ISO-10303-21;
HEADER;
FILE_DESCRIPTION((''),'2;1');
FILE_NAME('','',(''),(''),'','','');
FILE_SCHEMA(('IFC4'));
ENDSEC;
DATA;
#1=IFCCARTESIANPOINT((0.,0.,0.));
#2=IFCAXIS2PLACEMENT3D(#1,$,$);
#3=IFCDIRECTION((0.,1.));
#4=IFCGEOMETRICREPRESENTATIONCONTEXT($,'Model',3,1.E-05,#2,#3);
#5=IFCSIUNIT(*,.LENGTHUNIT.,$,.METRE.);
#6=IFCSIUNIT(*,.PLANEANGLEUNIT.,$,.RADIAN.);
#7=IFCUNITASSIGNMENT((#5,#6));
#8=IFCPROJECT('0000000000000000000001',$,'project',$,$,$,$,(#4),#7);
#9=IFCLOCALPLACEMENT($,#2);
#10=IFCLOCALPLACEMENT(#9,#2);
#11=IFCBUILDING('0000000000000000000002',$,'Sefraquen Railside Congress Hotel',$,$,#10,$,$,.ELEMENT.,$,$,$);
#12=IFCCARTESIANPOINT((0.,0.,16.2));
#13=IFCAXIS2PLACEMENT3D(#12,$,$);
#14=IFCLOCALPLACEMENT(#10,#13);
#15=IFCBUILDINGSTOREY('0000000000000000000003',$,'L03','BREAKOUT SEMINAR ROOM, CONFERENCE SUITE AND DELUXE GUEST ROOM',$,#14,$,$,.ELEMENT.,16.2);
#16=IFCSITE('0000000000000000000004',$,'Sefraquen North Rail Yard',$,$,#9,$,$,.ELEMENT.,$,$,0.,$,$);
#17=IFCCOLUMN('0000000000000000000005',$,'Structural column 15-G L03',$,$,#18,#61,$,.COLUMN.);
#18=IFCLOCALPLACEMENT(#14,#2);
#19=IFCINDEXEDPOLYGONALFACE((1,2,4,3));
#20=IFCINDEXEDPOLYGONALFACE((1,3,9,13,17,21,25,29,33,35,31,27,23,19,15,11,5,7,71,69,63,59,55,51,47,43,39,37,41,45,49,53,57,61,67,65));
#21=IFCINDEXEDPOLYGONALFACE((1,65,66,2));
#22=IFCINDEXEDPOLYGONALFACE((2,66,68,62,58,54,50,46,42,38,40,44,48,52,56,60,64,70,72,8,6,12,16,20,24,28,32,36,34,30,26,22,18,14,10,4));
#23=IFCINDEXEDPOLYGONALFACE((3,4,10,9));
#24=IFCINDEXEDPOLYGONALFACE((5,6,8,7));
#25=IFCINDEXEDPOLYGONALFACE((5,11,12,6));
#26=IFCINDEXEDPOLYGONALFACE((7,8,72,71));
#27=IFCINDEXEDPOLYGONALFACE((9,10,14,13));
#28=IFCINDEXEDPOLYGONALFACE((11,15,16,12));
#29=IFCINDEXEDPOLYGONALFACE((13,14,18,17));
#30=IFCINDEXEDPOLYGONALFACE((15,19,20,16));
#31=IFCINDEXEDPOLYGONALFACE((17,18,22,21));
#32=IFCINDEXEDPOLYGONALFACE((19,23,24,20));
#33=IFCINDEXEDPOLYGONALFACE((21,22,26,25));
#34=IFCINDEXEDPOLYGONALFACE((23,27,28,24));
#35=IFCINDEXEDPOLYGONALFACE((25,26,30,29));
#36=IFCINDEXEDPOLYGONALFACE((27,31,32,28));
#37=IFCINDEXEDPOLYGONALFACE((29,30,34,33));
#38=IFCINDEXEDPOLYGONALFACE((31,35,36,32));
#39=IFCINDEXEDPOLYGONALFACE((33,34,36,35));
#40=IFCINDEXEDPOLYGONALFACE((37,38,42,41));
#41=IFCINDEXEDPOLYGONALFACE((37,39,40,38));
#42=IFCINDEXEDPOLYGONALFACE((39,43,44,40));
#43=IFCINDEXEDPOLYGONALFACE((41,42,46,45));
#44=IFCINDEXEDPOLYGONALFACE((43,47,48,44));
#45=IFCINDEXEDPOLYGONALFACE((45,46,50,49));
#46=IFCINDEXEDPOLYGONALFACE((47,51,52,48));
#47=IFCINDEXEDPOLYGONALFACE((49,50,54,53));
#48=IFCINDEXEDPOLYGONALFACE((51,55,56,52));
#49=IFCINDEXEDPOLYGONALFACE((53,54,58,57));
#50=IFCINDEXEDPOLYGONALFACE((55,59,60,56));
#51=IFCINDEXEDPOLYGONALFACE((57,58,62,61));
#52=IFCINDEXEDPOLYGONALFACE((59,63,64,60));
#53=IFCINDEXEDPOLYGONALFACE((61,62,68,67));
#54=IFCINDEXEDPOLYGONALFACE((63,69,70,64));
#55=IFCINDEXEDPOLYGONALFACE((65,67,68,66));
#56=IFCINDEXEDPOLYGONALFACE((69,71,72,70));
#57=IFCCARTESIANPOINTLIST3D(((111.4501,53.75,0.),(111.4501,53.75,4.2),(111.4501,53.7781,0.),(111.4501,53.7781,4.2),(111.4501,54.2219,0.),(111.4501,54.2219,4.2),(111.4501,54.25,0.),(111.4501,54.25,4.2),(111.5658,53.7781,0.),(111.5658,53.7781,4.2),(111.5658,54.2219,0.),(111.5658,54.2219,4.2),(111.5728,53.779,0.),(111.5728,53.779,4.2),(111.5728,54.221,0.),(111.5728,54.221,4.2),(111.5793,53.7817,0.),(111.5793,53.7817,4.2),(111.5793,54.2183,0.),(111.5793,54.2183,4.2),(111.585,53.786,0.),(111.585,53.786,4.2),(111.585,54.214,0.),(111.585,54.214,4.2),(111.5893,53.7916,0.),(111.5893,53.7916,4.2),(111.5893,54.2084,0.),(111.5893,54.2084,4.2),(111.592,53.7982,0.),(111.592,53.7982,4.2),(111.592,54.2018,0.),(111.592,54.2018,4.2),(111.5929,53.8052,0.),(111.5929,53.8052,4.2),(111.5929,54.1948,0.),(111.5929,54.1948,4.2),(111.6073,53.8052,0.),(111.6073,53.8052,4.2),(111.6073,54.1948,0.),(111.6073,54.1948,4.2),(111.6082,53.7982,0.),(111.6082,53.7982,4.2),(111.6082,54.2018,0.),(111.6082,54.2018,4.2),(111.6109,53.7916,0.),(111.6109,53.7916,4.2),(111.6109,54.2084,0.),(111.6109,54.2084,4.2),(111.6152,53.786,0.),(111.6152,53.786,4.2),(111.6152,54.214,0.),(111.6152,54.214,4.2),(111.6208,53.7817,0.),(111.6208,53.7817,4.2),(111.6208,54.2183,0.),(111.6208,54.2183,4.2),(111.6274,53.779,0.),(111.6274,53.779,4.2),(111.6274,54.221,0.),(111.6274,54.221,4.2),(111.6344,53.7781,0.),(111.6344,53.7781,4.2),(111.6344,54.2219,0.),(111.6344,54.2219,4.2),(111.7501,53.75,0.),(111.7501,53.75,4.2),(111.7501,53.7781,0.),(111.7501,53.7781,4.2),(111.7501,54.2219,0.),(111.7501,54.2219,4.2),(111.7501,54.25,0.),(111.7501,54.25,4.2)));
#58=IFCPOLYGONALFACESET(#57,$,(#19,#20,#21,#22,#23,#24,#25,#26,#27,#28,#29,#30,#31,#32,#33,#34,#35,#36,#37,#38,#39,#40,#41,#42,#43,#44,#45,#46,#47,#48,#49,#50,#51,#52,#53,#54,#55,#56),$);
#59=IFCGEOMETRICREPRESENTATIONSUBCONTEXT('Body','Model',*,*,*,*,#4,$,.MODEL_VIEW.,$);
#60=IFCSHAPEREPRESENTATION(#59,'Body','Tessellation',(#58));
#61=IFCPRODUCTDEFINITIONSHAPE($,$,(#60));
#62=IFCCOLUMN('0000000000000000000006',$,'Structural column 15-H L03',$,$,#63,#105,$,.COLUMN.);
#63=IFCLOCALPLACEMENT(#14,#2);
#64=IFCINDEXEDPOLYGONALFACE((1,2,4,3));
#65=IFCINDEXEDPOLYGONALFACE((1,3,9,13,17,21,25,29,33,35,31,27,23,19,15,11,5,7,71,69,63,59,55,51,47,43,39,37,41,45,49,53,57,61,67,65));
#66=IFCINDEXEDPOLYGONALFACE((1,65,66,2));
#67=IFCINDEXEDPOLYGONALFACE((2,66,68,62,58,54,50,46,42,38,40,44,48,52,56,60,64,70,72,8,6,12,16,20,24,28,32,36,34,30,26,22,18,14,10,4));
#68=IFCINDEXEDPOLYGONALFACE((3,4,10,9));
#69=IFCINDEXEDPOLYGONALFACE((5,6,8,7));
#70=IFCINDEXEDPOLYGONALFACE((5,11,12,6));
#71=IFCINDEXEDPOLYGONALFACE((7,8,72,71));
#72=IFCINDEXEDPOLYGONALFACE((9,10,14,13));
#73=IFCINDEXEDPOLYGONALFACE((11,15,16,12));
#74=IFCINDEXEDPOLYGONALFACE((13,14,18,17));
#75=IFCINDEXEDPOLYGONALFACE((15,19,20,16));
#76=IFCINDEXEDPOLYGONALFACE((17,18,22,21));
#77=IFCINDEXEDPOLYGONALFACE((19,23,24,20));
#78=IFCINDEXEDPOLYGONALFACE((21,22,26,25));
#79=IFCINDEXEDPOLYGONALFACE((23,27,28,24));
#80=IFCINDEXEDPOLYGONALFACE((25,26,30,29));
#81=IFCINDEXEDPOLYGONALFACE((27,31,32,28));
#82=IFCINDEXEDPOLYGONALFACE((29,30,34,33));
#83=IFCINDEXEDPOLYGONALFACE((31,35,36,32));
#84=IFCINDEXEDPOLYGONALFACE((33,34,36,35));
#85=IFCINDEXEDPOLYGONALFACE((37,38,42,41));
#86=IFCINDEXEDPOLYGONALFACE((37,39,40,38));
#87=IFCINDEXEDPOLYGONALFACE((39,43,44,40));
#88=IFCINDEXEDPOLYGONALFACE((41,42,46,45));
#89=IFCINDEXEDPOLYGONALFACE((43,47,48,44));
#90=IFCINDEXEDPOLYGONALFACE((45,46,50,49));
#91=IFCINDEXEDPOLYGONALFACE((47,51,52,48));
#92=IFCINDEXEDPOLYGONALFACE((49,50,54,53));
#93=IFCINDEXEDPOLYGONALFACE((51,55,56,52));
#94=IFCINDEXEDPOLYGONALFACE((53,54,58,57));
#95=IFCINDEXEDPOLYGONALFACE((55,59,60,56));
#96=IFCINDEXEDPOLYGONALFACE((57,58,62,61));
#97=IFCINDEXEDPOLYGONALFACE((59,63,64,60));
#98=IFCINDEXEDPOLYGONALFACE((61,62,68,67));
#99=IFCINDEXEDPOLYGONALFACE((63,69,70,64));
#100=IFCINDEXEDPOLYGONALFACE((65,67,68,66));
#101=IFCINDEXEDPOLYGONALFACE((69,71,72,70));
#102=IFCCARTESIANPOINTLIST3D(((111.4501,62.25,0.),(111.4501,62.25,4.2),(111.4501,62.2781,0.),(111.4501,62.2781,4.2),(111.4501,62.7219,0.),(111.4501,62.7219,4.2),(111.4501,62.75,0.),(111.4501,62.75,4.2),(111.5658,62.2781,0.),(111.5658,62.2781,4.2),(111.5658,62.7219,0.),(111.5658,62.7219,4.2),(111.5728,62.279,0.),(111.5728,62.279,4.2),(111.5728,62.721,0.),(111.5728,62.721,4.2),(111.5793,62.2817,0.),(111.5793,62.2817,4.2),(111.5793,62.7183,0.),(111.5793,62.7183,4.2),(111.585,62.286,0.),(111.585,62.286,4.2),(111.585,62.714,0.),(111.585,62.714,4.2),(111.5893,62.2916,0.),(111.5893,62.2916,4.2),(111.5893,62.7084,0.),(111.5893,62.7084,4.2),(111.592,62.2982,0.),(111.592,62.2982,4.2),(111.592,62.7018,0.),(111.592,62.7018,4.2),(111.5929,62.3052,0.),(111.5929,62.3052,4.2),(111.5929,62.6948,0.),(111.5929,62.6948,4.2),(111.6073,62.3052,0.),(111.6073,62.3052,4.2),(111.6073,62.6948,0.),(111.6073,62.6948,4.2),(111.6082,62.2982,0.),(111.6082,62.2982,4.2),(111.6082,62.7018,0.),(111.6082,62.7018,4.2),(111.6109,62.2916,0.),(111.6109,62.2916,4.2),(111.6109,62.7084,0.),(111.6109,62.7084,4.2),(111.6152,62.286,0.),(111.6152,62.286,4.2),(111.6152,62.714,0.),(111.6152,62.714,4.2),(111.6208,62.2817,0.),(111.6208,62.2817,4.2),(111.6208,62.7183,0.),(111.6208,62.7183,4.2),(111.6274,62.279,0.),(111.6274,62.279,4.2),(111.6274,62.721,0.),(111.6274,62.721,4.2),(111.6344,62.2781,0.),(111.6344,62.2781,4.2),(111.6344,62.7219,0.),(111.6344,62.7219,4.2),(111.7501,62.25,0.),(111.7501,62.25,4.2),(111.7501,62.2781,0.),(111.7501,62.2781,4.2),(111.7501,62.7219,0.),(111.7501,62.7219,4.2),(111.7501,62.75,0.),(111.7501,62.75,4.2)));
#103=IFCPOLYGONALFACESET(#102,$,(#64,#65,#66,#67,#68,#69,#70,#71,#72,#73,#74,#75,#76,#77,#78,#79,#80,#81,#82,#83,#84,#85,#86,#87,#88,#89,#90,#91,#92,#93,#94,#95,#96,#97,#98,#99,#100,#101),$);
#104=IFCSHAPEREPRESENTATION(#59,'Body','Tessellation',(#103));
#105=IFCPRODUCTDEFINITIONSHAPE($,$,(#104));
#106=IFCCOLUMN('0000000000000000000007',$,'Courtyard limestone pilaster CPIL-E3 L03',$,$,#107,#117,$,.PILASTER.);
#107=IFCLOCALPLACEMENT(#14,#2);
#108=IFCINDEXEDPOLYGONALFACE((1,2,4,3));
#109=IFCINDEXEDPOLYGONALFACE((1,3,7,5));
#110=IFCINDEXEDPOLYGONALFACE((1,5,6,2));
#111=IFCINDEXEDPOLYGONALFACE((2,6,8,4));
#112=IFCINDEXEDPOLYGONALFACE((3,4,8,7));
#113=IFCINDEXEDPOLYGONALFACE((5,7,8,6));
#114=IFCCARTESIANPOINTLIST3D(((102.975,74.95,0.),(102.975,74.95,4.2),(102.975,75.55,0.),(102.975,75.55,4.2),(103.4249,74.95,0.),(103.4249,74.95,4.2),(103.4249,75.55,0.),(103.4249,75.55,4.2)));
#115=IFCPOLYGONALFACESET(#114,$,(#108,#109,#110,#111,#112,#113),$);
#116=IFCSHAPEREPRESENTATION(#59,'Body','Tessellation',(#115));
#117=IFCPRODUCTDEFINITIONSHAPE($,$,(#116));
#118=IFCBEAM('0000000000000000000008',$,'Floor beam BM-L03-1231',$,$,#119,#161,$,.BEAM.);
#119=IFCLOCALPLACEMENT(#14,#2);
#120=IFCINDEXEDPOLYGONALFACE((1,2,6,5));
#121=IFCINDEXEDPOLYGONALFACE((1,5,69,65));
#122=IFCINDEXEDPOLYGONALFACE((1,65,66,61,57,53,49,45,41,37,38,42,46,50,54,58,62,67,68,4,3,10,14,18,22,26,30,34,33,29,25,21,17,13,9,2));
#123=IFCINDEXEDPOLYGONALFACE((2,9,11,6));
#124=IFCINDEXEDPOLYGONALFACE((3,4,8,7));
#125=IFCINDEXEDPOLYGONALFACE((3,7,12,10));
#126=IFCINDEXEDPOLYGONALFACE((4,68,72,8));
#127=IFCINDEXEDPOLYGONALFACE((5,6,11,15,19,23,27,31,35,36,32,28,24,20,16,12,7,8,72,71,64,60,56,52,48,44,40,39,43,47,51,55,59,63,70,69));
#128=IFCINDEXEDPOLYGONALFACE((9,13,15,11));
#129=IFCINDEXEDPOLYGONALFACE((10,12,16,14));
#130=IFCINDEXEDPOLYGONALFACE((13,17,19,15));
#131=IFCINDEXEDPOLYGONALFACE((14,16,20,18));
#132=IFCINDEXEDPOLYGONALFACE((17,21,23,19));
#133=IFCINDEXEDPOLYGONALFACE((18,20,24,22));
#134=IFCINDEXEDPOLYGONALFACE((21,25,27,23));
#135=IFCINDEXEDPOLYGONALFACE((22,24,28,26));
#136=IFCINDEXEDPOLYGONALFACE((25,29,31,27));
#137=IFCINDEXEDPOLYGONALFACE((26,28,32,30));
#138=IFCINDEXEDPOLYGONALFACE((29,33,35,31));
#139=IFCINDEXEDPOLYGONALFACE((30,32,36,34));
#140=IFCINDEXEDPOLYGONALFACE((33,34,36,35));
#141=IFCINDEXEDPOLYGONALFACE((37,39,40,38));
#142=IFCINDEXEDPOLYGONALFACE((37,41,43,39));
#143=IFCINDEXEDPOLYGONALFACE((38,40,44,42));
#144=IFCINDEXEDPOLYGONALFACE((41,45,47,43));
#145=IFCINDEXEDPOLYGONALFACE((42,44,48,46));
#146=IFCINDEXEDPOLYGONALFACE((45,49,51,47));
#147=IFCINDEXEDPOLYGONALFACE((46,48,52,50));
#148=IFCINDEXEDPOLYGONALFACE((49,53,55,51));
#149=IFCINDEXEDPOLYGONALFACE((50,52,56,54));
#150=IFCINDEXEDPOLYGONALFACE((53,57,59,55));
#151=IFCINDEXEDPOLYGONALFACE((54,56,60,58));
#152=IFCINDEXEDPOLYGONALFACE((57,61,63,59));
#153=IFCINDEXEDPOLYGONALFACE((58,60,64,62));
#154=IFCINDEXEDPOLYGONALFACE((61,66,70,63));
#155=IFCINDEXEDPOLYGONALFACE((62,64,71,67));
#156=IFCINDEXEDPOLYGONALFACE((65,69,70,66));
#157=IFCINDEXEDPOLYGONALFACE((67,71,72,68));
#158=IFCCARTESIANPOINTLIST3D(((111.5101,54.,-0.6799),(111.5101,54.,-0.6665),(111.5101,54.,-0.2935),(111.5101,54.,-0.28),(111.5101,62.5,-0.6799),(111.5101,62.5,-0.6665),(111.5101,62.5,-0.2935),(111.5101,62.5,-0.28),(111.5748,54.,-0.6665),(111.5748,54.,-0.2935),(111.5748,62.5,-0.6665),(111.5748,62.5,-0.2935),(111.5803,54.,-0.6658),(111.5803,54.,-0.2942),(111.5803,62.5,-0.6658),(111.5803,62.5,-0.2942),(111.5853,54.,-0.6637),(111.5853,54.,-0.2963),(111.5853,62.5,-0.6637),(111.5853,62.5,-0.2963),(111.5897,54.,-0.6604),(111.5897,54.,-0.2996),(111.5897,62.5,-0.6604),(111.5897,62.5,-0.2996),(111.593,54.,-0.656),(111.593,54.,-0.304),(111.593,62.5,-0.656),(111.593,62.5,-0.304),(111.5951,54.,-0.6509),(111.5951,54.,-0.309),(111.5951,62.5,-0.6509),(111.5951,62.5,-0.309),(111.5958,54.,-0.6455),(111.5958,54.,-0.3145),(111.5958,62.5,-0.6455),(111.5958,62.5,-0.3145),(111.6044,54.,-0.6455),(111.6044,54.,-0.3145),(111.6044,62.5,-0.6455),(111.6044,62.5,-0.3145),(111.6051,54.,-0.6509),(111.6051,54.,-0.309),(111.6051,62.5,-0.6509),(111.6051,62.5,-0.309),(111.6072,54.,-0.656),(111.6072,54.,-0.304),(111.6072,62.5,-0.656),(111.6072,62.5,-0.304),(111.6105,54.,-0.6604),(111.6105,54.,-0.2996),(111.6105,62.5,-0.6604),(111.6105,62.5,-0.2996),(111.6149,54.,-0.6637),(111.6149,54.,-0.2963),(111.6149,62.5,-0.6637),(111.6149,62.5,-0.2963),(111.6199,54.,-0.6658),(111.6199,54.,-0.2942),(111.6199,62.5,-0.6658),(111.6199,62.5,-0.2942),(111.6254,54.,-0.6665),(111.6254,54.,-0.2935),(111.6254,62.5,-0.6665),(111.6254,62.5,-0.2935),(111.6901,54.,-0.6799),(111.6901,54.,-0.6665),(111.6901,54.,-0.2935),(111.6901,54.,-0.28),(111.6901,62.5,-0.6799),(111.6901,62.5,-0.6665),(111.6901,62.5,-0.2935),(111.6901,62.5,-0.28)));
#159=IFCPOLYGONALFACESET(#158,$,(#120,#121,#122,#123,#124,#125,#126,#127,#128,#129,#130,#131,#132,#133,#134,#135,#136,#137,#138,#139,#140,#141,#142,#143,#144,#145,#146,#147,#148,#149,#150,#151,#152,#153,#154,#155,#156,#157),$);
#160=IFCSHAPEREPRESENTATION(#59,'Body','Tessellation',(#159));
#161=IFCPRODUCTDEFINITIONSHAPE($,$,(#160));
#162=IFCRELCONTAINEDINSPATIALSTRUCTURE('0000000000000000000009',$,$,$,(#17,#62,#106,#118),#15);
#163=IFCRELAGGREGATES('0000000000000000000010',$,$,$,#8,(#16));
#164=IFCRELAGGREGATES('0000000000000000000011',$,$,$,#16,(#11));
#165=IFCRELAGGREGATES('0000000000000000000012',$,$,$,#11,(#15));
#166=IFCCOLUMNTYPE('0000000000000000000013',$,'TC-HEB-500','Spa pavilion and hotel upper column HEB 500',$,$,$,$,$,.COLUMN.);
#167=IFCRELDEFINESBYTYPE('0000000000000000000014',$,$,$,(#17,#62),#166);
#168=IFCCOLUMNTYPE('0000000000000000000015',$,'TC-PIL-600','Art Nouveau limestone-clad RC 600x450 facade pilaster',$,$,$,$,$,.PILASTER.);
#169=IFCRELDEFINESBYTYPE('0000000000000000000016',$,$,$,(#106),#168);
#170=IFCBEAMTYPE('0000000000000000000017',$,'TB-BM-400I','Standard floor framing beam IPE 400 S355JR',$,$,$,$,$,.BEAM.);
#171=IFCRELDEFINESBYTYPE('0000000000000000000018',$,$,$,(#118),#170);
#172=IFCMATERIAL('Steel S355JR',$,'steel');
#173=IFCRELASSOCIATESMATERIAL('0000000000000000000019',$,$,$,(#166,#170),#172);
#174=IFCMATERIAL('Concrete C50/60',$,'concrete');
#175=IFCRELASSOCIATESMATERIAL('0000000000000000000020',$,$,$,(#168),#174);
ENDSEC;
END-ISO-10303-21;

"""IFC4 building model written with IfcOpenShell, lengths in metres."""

from ifc_helpers import new_model, si_unit, direction, frame, origin, origin_2d, place, context, subcontext, project, spatial, rectangle, i_section, extrude, material, material_profile, profile_set, type_object, element, save


model = new_model("IFC4")

# Units and contexts
model_context = context("Model", 3, precision=1e-05, world=origin(), true_north=direction((0.0, 1.0)))
body_context = subcontext(model_context, "Body", "Model", "MODEL_VIEW")
ifc_project = project(units=[si_unit("LENGTHUNIT", "METRE"), si_unit("PLANEANGLEUNIT", "RADIAN")], contexts=[model_context])

# Site, building, storey
site_placement = place(None, origin())
site = spatial("IfcSite", under=ifc_project, at=site_placement, Name="Sefraquen North Rail Yard", CompositionType="ELEMENT", RefElevation=0.0)
building_placement = place(site_placement, origin())
building = spatial("IfcBuilding", under=site, at=building_placement, Name="Sefraquen Railside Congress Hotel", CompositionType="ELEMENT")
storey_placement = place(building_placement, frame((0.0, 0.0, 16.2)))
storey = spatial("IfcBuildingStorey", under=building, at=storey_placement, Name="L03", Description="BREAKOUT SEMINAR ROOM, CONFERENCE SUITE AND DELUXE GUEST ROOM", CompositionType="ELEMENT", Elevation=16.2)

# Columns
ifc_material_1 = material(Name="Steel S355JR", Category="steel")
ifc_material_profile_1 = material_profile(ifc_material_1, i_section(OverallWidth=0.3, OverallDepth=0.5, WebThickness=0.0144, FlangeThickness=0.0281, FilletRadius=0.0271, at=origin_2d()), Name="HEB 500")
ifc_profile_set_1 = profile_set([ifc_material_profile_1], Name="Steel S355JR")
column_type_1 = type_object("IfcColumnType", Name="TC-HEB-500", Description="Spa pavilion and hotel upper column HEB 500", PredefinedType="COLUMN", material=ifc_profile_set_1)
for number, where, z_axis, x_axis, name in (
    (1, (111.6001, 54.0, 0.0), (0.0, 0.0, 1.0), (1.0, 0.0, 0.0), "Structural column 15-G L03"),
    (2, (111.6001, 62.5, 0.0), (0.0, 0.0, 1.0), (1.0, 0.0, 0.0), "Structural column 15-H L03"),
):
    element("IfcColumn", number, at=place(storey_placement, frame(where, z_axis=z_axis, x_axis=x_axis)), inside=storey, type_object=column_type_1, Name=name, PredefinedType="COLUMN", context=body_context, shape_type="SweptSolid", body=[
        extrude(i_section(OverallWidth=0.3, OverallDepth=0.5, WebThickness=0.0144, FlangeThickness=0.0281, FilletRadius=0.0271, at=origin_2d()), origin(), (0.0, 0.0, 1.0), 4.2),
    ])
ifc_material_2 = material(Name="Concrete C50/60", Category="concrete")
ifc_material_profile_2 = material_profile(ifc_material_2, rectangle(XDim=0.45, YDim=0.6001, at=origin_2d()), Name="RC 600x450")
ifc_profile_set_2 = profile_set([ifc_material_profile_2], Name="Concrete C50/60")
column_type_2 = type_object("IfcColumnType", Name="TC-PIL-600", Description="Art Nouveau limestone-clad RC 600x450 facade pilaster", PredefinedType="PILASTER", material=ifc_profile_set_2)
column_placement = place(storey_placement, frame((103.2, 75.25, 0.0), z_axis=(0.0, 0.0, 1.0), x_axis=(1.0, 0.0, 0.0)))
element("IfcColumn", 3, at=column_placement, inside=storey, type_object=column_type_2, Name="Courtyard limestone pilaster CPIL-E3 L03", PredefinedType="PILASTER", context=body_context, shape_type="SweptSolid", body=[
    extrude(rectangle(XDim=0.45, YDim=0.6001, at=origin_2d()), origin(), (0.0, 0.0, 1.0), 4.2),
])

# Beam
ifc_material_profile_3 = material_profile(ifc_material_1, i_section(OverallWidth=0.1799, OverallDepth=0.3999, WebThickness=0.0085, FlangeThickness=0.0134, FilletRadius=0.021, at=origin_2d()), Name="IPE 400")
ifc_profile_set_3 = profile_set([ifc_material_profile_3], Name="Steel S355JR")
beam_type_1 = type_object("IfcBeamType", Name="TB-BM-400I", Description="Standard floor framing beam IPE 400 S355JR", PredefinedType="BEAM", material=ifc_profile_set_3)
beam_placement = place(storey_placement, frame((111.6001, 54.0, -0.48), z_axis=(0.0, 1.0, 0.0), x_axis=(-1.0, 0.0, 0.0)))
element("IfcBeam", 4, at=beam_placement, inside=storey, type_object=beam_type_1, Name="Floor beam BM-L03-1231", PredefinedType="BEAM", context=body_context, shape_type="SweptSolid", body=[
    extrude(i_section(OverallWidth=0.1799, OverallDepth=0.3999, WebThickness=0.0085, FlangeThickness=0.0134, FilletRadius=0.021, at=origin_2d()), origin(), (0.0, 0.0, 1.0), 8.5),
])

save(model, "model.ifc")
